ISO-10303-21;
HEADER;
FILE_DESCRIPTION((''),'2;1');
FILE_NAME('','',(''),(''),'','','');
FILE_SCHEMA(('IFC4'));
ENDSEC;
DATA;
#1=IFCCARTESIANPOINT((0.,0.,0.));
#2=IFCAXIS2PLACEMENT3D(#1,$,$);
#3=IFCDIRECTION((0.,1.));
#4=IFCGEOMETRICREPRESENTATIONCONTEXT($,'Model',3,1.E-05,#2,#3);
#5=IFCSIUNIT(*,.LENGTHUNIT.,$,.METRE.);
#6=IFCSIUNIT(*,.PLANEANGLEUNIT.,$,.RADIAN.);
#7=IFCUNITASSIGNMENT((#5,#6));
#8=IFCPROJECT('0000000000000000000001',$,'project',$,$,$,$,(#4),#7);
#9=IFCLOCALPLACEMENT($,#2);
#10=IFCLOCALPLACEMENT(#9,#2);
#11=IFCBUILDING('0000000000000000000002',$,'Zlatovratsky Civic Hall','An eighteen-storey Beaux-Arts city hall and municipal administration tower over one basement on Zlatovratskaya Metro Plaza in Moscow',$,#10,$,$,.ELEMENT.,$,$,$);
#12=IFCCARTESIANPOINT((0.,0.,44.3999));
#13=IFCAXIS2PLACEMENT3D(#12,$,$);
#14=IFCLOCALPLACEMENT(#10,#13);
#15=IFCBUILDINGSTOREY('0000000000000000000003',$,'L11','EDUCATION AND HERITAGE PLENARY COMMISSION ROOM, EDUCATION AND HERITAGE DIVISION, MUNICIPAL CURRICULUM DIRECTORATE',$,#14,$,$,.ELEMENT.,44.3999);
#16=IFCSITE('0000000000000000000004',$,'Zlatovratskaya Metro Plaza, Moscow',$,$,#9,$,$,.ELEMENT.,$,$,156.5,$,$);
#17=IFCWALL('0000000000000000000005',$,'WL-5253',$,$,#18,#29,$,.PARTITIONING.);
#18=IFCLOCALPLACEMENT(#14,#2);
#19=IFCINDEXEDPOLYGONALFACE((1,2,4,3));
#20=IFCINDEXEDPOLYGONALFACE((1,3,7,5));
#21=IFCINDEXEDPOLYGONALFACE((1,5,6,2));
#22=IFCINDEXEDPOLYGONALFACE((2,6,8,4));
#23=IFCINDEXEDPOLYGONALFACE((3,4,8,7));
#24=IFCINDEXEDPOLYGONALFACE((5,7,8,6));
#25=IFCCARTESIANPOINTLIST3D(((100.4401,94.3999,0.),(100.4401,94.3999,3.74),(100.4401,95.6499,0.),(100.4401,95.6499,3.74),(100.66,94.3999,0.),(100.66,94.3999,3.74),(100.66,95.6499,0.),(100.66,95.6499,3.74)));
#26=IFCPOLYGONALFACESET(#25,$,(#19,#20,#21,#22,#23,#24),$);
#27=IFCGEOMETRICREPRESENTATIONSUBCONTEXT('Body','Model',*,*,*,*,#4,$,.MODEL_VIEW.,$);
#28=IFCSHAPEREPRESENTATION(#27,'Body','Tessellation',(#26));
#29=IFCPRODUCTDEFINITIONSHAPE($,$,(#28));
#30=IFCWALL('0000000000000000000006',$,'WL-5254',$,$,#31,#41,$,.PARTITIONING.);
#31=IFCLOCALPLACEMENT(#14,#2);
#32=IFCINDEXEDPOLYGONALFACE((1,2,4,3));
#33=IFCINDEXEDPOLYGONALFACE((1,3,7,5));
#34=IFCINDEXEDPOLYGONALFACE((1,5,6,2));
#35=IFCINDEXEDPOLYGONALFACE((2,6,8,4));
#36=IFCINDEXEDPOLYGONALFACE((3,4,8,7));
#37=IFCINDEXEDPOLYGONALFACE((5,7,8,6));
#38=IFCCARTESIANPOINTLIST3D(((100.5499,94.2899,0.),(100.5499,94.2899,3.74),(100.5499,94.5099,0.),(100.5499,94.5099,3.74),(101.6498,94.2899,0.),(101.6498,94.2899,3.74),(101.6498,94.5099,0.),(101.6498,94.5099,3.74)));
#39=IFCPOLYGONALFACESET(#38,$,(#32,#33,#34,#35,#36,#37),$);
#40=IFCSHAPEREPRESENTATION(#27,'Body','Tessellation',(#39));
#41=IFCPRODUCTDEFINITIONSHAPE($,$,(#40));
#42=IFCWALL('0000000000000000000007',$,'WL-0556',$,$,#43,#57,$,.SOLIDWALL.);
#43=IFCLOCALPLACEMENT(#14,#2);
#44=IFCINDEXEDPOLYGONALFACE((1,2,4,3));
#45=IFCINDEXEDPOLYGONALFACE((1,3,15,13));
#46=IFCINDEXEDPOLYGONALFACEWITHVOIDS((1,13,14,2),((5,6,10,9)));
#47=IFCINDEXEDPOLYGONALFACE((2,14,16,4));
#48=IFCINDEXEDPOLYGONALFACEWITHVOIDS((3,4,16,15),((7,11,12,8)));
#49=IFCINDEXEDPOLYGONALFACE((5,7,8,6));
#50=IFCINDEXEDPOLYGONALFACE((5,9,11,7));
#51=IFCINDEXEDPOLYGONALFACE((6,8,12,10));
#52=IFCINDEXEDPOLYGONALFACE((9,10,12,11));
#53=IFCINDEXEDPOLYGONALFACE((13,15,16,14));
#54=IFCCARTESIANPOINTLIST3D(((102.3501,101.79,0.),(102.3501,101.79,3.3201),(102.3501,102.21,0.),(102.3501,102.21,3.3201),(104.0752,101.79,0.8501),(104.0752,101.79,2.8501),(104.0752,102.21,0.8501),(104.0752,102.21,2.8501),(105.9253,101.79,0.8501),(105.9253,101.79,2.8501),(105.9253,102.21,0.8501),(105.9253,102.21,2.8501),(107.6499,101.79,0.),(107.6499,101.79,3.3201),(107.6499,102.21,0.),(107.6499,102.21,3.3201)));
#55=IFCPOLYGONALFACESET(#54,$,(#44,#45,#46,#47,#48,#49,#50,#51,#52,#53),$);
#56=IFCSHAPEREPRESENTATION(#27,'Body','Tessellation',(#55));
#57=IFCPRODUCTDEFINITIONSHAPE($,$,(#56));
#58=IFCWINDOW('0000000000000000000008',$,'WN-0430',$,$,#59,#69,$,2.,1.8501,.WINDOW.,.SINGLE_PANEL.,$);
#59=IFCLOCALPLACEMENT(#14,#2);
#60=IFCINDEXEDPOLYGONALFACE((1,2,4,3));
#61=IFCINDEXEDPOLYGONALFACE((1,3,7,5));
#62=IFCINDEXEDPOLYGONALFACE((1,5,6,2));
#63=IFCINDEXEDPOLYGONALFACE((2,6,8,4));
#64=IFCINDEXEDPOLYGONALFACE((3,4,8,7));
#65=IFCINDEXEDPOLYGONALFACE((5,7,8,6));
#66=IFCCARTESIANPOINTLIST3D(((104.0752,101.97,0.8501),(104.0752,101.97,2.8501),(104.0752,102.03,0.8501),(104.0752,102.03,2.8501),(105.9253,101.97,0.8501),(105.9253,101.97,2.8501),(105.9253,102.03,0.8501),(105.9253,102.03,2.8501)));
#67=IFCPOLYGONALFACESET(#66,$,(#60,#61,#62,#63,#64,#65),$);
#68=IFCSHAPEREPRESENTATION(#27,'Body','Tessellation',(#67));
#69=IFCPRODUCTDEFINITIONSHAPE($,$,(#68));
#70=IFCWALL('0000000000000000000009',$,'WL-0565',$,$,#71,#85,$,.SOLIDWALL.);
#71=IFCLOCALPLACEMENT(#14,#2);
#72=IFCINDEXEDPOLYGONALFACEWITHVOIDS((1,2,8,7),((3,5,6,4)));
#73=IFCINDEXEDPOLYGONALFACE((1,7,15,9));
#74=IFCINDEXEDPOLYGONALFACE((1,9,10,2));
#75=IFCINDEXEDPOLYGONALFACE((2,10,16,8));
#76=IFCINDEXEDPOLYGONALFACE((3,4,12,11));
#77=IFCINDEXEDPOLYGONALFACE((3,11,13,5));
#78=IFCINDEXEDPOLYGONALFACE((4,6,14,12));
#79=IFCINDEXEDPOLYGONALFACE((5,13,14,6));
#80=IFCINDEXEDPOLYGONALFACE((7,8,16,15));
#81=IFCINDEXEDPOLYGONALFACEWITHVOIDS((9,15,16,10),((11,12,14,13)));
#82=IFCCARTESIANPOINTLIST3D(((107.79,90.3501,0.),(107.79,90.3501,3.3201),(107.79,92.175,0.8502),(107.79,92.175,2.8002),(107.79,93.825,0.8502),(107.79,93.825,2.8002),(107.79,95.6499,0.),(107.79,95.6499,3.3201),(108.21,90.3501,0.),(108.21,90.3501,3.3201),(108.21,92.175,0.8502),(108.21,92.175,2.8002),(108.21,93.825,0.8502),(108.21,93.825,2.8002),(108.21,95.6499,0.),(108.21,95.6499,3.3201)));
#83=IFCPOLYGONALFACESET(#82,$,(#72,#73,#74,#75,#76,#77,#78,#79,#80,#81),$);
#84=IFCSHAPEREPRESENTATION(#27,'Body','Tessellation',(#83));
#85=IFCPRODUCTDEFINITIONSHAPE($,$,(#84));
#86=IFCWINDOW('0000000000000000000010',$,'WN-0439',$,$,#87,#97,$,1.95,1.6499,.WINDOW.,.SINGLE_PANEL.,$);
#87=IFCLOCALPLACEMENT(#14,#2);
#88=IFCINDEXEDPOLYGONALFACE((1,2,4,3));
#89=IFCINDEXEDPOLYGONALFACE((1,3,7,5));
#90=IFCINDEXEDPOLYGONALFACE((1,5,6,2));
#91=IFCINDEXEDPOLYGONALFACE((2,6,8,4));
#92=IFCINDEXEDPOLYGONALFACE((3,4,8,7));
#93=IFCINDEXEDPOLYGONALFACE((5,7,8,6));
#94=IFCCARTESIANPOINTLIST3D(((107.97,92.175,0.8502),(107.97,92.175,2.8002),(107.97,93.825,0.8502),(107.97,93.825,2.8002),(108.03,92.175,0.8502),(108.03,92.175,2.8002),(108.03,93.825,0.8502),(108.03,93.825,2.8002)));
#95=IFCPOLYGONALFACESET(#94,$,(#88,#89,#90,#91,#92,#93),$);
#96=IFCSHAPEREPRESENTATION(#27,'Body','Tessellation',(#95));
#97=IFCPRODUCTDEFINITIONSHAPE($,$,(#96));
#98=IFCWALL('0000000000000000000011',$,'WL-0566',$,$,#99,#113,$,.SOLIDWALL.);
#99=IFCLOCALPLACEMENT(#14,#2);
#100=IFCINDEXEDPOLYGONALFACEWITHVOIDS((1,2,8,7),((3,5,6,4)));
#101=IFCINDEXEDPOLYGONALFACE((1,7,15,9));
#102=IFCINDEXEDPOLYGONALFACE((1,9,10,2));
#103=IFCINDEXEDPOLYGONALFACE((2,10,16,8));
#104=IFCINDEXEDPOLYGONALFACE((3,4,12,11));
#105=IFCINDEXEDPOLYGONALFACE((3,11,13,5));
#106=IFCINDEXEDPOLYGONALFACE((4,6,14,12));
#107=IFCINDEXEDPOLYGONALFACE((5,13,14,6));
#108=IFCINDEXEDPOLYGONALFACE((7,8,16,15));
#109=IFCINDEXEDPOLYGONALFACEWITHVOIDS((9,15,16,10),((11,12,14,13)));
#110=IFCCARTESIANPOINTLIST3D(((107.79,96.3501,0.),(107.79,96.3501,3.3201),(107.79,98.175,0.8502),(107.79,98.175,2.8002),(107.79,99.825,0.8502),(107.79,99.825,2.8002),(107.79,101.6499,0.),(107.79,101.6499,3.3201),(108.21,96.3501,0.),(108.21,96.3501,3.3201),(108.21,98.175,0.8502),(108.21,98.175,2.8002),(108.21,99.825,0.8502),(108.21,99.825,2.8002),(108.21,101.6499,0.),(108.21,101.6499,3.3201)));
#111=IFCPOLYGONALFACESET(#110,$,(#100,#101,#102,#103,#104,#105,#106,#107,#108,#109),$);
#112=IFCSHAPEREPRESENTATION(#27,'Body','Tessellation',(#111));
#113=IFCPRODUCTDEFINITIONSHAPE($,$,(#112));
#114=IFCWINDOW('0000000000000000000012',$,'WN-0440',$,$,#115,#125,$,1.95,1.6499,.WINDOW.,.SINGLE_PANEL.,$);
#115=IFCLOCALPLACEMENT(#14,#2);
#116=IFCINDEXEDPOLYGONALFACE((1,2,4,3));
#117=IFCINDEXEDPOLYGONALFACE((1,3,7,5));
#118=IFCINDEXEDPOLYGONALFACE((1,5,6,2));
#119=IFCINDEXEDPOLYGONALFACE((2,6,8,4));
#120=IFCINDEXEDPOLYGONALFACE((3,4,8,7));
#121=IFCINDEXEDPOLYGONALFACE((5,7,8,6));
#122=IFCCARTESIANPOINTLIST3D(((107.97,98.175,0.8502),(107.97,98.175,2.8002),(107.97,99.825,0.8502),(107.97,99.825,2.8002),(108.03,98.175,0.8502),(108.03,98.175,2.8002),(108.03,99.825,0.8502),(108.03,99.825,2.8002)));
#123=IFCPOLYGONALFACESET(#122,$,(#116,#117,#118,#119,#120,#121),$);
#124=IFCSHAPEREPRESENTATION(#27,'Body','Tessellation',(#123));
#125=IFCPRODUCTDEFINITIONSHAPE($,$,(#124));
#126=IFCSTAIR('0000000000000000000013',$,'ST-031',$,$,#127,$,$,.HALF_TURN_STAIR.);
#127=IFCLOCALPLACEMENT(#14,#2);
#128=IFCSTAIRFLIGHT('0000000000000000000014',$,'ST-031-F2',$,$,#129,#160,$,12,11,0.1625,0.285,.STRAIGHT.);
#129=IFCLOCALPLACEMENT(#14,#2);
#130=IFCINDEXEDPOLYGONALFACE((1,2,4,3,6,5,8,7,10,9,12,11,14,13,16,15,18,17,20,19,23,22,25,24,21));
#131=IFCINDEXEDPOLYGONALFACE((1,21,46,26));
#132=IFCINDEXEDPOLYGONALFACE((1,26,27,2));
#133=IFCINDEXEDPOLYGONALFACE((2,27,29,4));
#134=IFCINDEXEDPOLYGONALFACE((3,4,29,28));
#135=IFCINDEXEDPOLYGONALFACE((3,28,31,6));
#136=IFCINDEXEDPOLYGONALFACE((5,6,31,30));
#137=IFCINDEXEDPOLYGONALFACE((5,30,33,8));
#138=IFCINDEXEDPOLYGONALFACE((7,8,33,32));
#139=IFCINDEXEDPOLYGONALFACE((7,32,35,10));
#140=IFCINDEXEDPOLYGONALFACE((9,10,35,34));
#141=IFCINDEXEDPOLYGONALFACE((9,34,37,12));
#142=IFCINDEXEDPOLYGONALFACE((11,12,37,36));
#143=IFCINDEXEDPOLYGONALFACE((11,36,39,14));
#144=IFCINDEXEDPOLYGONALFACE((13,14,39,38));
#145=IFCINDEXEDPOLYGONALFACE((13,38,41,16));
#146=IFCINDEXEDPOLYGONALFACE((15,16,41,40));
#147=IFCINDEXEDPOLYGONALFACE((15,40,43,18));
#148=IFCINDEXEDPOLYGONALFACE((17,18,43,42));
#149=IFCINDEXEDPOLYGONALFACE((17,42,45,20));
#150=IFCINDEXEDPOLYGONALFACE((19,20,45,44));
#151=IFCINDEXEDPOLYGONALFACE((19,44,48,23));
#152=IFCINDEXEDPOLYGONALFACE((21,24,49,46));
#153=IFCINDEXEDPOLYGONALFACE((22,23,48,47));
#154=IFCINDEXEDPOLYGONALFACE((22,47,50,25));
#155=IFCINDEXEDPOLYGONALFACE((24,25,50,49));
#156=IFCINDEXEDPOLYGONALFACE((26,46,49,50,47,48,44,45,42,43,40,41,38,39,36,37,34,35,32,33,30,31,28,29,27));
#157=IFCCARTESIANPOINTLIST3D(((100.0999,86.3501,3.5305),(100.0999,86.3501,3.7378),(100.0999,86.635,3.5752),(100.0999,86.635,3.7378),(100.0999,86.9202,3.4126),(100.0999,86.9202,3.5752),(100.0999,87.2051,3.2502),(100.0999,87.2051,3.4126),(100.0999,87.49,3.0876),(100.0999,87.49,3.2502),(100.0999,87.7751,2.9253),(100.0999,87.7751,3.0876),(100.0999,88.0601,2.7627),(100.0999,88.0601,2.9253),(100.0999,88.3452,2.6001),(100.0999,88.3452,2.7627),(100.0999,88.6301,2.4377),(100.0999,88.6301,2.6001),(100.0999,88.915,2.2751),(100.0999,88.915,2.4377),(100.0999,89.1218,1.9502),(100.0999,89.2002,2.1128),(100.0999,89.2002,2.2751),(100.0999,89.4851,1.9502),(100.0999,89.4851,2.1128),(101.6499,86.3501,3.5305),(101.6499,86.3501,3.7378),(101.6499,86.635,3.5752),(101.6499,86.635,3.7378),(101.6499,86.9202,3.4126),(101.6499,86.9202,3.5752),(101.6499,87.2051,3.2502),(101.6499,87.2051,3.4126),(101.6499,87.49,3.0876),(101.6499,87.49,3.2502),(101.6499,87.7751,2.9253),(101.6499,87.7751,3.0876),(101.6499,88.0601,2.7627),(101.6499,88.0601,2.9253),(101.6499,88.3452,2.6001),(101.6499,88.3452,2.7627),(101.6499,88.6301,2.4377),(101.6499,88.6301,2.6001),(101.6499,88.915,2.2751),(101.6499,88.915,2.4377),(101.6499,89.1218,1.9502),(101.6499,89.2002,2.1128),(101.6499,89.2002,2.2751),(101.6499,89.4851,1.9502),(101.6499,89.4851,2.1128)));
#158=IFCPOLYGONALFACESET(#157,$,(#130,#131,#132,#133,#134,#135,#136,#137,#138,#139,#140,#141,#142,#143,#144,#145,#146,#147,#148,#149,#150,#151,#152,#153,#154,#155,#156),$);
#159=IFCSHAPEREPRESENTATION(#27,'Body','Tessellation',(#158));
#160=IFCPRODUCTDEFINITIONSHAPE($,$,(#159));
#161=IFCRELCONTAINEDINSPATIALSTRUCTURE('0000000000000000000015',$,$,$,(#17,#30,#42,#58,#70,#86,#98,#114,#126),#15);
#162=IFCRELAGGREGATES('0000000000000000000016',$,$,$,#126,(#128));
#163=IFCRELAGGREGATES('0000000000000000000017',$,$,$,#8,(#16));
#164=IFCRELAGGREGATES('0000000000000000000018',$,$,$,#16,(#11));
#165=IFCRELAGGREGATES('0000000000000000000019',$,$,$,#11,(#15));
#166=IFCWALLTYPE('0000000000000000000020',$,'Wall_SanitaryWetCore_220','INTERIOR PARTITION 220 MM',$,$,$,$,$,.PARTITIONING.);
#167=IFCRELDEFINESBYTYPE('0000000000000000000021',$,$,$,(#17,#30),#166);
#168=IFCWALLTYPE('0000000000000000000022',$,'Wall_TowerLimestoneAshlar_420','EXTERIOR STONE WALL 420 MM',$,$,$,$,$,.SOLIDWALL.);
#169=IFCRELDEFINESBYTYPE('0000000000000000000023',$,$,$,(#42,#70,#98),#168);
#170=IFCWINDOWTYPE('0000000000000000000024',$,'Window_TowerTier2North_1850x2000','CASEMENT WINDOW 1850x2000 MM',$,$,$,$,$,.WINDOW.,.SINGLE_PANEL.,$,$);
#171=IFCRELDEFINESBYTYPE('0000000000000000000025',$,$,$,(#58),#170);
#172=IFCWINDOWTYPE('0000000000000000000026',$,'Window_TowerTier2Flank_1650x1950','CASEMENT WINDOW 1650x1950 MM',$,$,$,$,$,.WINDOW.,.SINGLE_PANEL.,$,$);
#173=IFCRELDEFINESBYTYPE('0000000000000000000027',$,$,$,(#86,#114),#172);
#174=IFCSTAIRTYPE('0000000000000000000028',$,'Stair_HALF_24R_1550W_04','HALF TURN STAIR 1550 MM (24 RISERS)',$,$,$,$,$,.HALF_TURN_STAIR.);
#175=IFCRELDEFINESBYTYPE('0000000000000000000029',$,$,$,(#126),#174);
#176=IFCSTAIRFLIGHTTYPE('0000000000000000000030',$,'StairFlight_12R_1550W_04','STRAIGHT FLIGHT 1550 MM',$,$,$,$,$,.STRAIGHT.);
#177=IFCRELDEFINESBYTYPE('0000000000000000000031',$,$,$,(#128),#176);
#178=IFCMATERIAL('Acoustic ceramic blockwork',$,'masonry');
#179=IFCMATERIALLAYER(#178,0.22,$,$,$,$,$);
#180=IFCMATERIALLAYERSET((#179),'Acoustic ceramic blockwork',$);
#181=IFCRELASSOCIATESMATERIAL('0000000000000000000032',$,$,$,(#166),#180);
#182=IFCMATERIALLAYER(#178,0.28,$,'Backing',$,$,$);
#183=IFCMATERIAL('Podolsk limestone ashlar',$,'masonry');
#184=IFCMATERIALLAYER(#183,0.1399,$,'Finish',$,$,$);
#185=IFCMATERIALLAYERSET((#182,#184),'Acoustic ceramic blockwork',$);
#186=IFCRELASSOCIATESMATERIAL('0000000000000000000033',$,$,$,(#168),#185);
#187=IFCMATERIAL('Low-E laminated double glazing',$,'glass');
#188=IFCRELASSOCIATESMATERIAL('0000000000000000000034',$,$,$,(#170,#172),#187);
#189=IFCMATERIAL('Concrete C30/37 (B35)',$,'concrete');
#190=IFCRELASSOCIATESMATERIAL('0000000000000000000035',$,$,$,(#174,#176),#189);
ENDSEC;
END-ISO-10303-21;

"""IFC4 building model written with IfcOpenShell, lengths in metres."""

from ifc_helpers import new_model, si_unit, direction, frame, frame_2d, origin, place, context, subcontext, project, spatial, polyline, rectangle, outline, extrude, material, layer, layer_set, type_object, element, fill, aggregate, save


model = new_model("IFC4")

# Units and contexts
model_context = context("Model", 3, precision=1e-05, world=origin(), true_north=direction((0.0, 1.0)))
body_context = subcontext(model_context, "Body", "Model", "MODEL_VIEW")
ifc_project = project(units=[si_unit("LENGTHUNIT", "METRE"), si_unit("PLANEANGLEUNIT", "RADIAN")], contexts=[model_context])

# Site, building, storey
site_placement = place(None, origin())
site = spatial("IfcSite", under=ifc_project, at=site_placement, Name="Zlatovratskaya Metro Plaza, Moscow", CompositionType="ELEMENT", RefElevation=156.5)
building_placement = place(site_placement, origin())
building = spatial("IfcBuilding", under=site, at=building_placement, Name="Zlatovratsky Civic Hall", Description="An eighteen-storey Beaux-Arts city hall and municipal administration tower over one basement on Zlatovratskaya Metro Plaza in Moscow", CompositionType="ELEMENT")
storey_placement = place(building_placement, frame((0.0, 0.0, 44.3999)))
storey = spatial("IfcBuildingStorey", under=building, at=storey_placement, Name="L11", Description="EDUCATION AND HERITAGE PLENARY COMMISSION ROOM, EDUCATION AND HERITAGE DIVISION, MUNICIPAL CURRICULUM DIRECTORATE", CompositionType="ELEMENT", Elevation=44.3999)

# Walls
ifc_material_1 = material(Name="Acoustic ceramic blockwork", Category="masonry")
ifc_layer_1 = layer(ifc_material_1, 0.22)
ifc_layer_set_1 = layer_set([ifc_layer_1], Name="Acoustic ceramic blockwork")
wall_type_1 = type_object("IfcWallType", Name="Wall_SanitaryWetCore_220", Description="INTERIOR PARTITION 220 MM", PredefinedType="PARTITIONING", material=ifc_layer_set_1)
wall_1_placement = place(storey_placement, frame((100.55, 94.3999, 0.0), z_axis=(0.0, 0.0, 1.0), x_axis=(0.0, 1.0, 0.0)))
element("IfcWall", 1, at=wall_1_placement, inside=storey, type_object=wall_type_1, Name="WL-5253", PredefinedType="PARTITIONING", context=body_context, shape_type="SweptSolid", body=[
    extrude(rectangle(XDim=1.25, YDim=0.22, at=frame_2d((0.625, 0.0))), origin(), (0.0, 0.0, 1.0), 3.74),
])
wall_2_placement = place(storey_placement, frame((100.55, 94.3999, 0.0), z_axis=(0.0, 0.0, 1.0), x_axis=(1.0, 0.0, 0.0)))
element("IfcWall", 2, at=wall_2_placement, inside=storey, type_object=wall_type_1, Name="WL-5254", PredefinedType="PARTITIONING", context=body_context, shape_type="SweptSolid", body=[
    extrude(rectangle(XDim=1.0999, YDim=0.22, at=frame_2d((0.5498, 0.0))), origin(), (0.0, 0.0, 1.0), 3.74),
])

# Walls, openings, windows
ifc_layer_2 = layer(ifc_material_1, 0.28, Name="Backing")
ifc_material_2 = material(Name="Podolsk limestone ashlar", Category="masonry")
ifc_layer_3 = layer(ifc_material_2, 0.1399, Name="Finish")
ifc_layer_set_2 = layer_set([ifc_layer_2, ifc_layer_3], Name="Acoustic ceramic blockwork")
wall_type_2 = type_object("IfcWallType", Name="Wall_TowerLimestoneAshlar_420", Description="EXTERIOR STONE WALL 420 MM", PredefinedType="SOLIDWALL", material=ifc_layer_set_2)
wall_3_placement = place(storey_placement, frame((102.3501, 102.0, 0.0), z_axis=(0.0, 0.0, 1.0), x_axis=(1.0, 0.0, 0.0)))
wall_3 = element("IfcWall", 3, at=wall_3_placement, inside=storey, type_object=wall_type_2, Name="WL-0556", PredefinedType="SOLIDWALL", context=body_context, shape_type="SweptSolid", body=[
    extrude(rectangle(XDim=5.2998, YDim=0.4199, at=frame_2d((2.6499, 0.0))), origin(), (0.0, 0.0, 1.0), 3.3201),
])
opening_1_placement = place(wall_3_placement, frame((1.7251, 0.0, 0.8501)))
opening_1 = element("IfcOpeningElement", 4, at=opening_1_placement, cuts=wall_3, PredefinedType="OPENING", context=body_context, shape_type="SweptSolid", body=[
    extrude(rectangle(XDim=1.8501, YDim=2.0, at=frame_2d((0.925, 1.0))), frame((0.0, 0.2249, 0.0), z_axis=(0.0, -1.0, 0.0), x_axis=(1.0, 0.0, 0.0)), (0.0, 0.0, 1.0), 0.4497),
])
ifc_material_3 = material(Name="Low-E laminated double glazing", Category="glass")
window_type_1 = type_object("IfcWindowType", Name="Window_TowerTier2North_1850x2000", Description="CASEMENT WINDOW 1850x2000 MM", PartitioningType="SINGLE_PANEL", PredefinedType="WINDOW", material=ifc_material_3)
window_1_placement = place(opening_1_placement, origin())
window_1 = element("IfcWindow", 5, at=window_1_placement, inside=storey, type_object=window_type_1, Name="WN-0430", OverallHeight=2.0, OverallWidth=1.8501, PartitioningType="SINGLE_PANEL", PredefinedType="WINDOW", context=body_context, shape_type="SweptSolid", body=[
    extrude(rectangle(XDim=1.8501, YDim=2.0, at=frame_2d((0.925, 1.0))), frame((0.0, 0.03, 0.0), z_axis=(0.0, -1.0, 0.0), x_axis=(1.0, 0.0, 0.0)), (0.0, 0.0, 1.0), 0.0601),
])
fill(opening_1, window_1)
wall_4_placement = place(storey_placement, frame((108.0, 90.3501, 0.0), z_axis=(0.0, 0.0, 1.0), x_axis=(0.0, 1.0, 0.0)))
wall_4 = element("IfcWall", 6, at=wall_4_placement, inside=storey, type_object=wall_type_2, Name="WL-0565", PredefinedType="SOLIDWALL", context=body_context, shape_type="SweptSolid", body=[
    extrude(rectangle(XDim=5.2998, YDim=0.4199, at=frame_2d((2.6499, 0.0))), origin(), (0.0, 0.0, 1.0), 3.3201),
])
opening_2_placement = place(wall_4_placement, frame((1.825, 0.0, 0.8501)))
opening_2 = element("IfcOpeningElement", 7, at=opening_2_placement, cuts=wall_4, PredefinedType="OPENING", context=body_context, shape_type="SweptSolid", body=[
    extrude(rectangle(XDim=1.6499, YDim=1.95, at=frame_2d((0.825, 0.9751))), frame((0.0, 0.2249, 0.0), z_axis=(0.0, -1.0, 0.0), x_axis=(1.0, 0.0, 0.0)), (0.0, 0.0, 1.0), 0.4497),
])
window_type_2 = type_object("IfcWindowType", Name="Window_TowerTier2Flank_1650x1950", Description="CASEMENT WINDOW 1650x1950 MM", PartitioningType="SINGLE_PANEL", PredefinedType="WINDOW", material=ifc_material_3)
window_2_placement = place(opening_2_placement, origin())
window_2 = element("IfcWindow", 8, at=window_2_placement, inside=storey, type_object=window_type_2, Name="WN-0439", OverallHeight=1.95, OverallWidth=1.6499, PartitioningType="SINGLE_PANEL", PredefinedType="WINDOW", context=body_context, shape_type="SweptSolid", body=[
    extrude(rectangle(XDim=1.6499, YDim=1.95, at=frame_2d((0.825, 0.9751))), frame((0.0, 0.03, 0.0), z_axis=(0.0, -1.0, 0.0), x_axis=(1.0, 0.0, 0.0)), (0.0, 0.0, 1.0), 0.0601),
])
fill(opening_2, window_2)
wall_5_placement = place(storey_placement, frame((108.0, 96.3501, 0.0), z_axis=(0.0, 0.0, 1.0), x_axis=(0.0, 1.0, 0.0)))
wall_5 = element("IfcWall", 9, at=wall_5_placement, inside=storey, type_object=wall_type_2, Name="WL-0566", PredefinedType="SOLIDWALL", context=body_context, shape_type="SweptSolid", body=[
    extrude(rectangle(XDim=5.2998, YDim=0.4199, at=frame_2d((2.6499, 0.0))), origin(), (0.0, 0.0, 1.0), 3.3201),
])
opening_3_placement = place(wall_5_placement, frame((1.825, 0.0, 0.8501)))
opening_3 = element("IfcOpeningElement", 10, at=opening_3_placement, cuts=wall_5, PredefinedType="OPENING", context=body_context, shape_type="SweptSolid", body=[
    extrude(rectangle(XDim=1.6499, YDim=1.95, at=frame_2d((0.825, 0.9751))), frame((0.0, 0.2249, 0.0), z_axis=(0.0, -1.0, 0.0), x_axis=(1.0, 0.0, 0.0)), (0.0, 0.0, 1.0), 0.4497),
])
window_3_placement = place(opening_3_placement, origin())
window_3 = element("IfcWindow", 11, at=window_3_placement, inside=storey, type_object=window_type_2, Name="WN-0440", OverallHeight=1.95, OverallWidth=1.6499, PartitioningType="SINGLE_PANEL", PredefinedType="WINDOW", context=body_context, shape_type="SweptSolid", body=[
    extrude(rectangle(XDim=1.6499, YDim=1.95, at=frame_2d((0.825, 0.9751))), frame((0.0, 0.03, 0.0), z_axis=(0.0, -1.0, 0.0), x_axis=(1.0, 0.0, 0.0)), (0.0, 0.0, 1.0), 0.0601),
])
fill(opening_3, window_3)

# Stair, stair flight
ifc_material_4 = material(Name="Concrete C30/37 (B35)", Category="concrete")
stair_type = type_object("IfcStairType", Name="Stair_HALF_24R_1550W_04", Description="HALF TURN STAIR 1550 MM (24 RISERS)", PredefinedType="HALF_TURN_STAIR", material=ifc_material_4)
stair_placement = place(storey_placement, origin())
stair = element("IfcStair", 12, at=stair_placement, inside=storey, type_object=stair_type, Name="ST-031", PredefinedType="HALF_TURN_STAIR")
stair_flight_type = type_object("IfcStairFlightType", Name="StairFlight_12R_1550W_04", Description="STRAIGHT FLIGHT 1550 MM", PredefinedType="STRAIGHT", material=ifc_material_4)
stair_flight_placement = place(storey_placement, frame((100.875, 89.4851, 1.9502), z_axis=(0.0, 0.0, 1.0), x_axis=(0.0, -1.0, 0.0)))
stair_flight = element("IfcStairFlight", 13, at=stair_flight_placement, type_object=stair_flight_type, Name="ST-031-F2", NumberOfRisers=12, NumberOfTreads=11, PredefinedType="STRAIGHT", RiserHeight=0.1625, TreadLength=0.285, context=body_context, shape_type="SweptSolid", body=[
    extrude(outline(polyline([(0.0, 0.0), (0.0, 0.1626), (0.2849, 0.1626), (0.2849, 0.325), (0.5701, 0.325), (0.5701, 0.4875), (0.855, 0.4875), (0.855, 0.6499), (1.1399, 0.6499), (1.1399, 0.8125), (1.425, 0.8125), (1.425, 0.9751), (1.71, 0.9751), (1.71, 1.1375), (1.9951, 1.1375), (1.9951, 1.3), (2.28, 1.3), (2.28, 1.4624), (2.5649, 1.4624), (2.5649, 1.625), (2.8501, 1.625), (2.8501, 1.7876), (3.135, 1.7876), (3.135, 1.95), (3.135, 1.5803), (0.3633, 0.0), (0.0, 0.0)])), frame((0.0, 0.7749, 0.0), z_axis=(0.0, -1.0, 0.0), x_axis=(1.0, 0.0, 0.0)), (0.0, 0.0, 1.0), 1.55),
])
aggregate(stair, [stair_flight])

save(model, "model.ifc")
